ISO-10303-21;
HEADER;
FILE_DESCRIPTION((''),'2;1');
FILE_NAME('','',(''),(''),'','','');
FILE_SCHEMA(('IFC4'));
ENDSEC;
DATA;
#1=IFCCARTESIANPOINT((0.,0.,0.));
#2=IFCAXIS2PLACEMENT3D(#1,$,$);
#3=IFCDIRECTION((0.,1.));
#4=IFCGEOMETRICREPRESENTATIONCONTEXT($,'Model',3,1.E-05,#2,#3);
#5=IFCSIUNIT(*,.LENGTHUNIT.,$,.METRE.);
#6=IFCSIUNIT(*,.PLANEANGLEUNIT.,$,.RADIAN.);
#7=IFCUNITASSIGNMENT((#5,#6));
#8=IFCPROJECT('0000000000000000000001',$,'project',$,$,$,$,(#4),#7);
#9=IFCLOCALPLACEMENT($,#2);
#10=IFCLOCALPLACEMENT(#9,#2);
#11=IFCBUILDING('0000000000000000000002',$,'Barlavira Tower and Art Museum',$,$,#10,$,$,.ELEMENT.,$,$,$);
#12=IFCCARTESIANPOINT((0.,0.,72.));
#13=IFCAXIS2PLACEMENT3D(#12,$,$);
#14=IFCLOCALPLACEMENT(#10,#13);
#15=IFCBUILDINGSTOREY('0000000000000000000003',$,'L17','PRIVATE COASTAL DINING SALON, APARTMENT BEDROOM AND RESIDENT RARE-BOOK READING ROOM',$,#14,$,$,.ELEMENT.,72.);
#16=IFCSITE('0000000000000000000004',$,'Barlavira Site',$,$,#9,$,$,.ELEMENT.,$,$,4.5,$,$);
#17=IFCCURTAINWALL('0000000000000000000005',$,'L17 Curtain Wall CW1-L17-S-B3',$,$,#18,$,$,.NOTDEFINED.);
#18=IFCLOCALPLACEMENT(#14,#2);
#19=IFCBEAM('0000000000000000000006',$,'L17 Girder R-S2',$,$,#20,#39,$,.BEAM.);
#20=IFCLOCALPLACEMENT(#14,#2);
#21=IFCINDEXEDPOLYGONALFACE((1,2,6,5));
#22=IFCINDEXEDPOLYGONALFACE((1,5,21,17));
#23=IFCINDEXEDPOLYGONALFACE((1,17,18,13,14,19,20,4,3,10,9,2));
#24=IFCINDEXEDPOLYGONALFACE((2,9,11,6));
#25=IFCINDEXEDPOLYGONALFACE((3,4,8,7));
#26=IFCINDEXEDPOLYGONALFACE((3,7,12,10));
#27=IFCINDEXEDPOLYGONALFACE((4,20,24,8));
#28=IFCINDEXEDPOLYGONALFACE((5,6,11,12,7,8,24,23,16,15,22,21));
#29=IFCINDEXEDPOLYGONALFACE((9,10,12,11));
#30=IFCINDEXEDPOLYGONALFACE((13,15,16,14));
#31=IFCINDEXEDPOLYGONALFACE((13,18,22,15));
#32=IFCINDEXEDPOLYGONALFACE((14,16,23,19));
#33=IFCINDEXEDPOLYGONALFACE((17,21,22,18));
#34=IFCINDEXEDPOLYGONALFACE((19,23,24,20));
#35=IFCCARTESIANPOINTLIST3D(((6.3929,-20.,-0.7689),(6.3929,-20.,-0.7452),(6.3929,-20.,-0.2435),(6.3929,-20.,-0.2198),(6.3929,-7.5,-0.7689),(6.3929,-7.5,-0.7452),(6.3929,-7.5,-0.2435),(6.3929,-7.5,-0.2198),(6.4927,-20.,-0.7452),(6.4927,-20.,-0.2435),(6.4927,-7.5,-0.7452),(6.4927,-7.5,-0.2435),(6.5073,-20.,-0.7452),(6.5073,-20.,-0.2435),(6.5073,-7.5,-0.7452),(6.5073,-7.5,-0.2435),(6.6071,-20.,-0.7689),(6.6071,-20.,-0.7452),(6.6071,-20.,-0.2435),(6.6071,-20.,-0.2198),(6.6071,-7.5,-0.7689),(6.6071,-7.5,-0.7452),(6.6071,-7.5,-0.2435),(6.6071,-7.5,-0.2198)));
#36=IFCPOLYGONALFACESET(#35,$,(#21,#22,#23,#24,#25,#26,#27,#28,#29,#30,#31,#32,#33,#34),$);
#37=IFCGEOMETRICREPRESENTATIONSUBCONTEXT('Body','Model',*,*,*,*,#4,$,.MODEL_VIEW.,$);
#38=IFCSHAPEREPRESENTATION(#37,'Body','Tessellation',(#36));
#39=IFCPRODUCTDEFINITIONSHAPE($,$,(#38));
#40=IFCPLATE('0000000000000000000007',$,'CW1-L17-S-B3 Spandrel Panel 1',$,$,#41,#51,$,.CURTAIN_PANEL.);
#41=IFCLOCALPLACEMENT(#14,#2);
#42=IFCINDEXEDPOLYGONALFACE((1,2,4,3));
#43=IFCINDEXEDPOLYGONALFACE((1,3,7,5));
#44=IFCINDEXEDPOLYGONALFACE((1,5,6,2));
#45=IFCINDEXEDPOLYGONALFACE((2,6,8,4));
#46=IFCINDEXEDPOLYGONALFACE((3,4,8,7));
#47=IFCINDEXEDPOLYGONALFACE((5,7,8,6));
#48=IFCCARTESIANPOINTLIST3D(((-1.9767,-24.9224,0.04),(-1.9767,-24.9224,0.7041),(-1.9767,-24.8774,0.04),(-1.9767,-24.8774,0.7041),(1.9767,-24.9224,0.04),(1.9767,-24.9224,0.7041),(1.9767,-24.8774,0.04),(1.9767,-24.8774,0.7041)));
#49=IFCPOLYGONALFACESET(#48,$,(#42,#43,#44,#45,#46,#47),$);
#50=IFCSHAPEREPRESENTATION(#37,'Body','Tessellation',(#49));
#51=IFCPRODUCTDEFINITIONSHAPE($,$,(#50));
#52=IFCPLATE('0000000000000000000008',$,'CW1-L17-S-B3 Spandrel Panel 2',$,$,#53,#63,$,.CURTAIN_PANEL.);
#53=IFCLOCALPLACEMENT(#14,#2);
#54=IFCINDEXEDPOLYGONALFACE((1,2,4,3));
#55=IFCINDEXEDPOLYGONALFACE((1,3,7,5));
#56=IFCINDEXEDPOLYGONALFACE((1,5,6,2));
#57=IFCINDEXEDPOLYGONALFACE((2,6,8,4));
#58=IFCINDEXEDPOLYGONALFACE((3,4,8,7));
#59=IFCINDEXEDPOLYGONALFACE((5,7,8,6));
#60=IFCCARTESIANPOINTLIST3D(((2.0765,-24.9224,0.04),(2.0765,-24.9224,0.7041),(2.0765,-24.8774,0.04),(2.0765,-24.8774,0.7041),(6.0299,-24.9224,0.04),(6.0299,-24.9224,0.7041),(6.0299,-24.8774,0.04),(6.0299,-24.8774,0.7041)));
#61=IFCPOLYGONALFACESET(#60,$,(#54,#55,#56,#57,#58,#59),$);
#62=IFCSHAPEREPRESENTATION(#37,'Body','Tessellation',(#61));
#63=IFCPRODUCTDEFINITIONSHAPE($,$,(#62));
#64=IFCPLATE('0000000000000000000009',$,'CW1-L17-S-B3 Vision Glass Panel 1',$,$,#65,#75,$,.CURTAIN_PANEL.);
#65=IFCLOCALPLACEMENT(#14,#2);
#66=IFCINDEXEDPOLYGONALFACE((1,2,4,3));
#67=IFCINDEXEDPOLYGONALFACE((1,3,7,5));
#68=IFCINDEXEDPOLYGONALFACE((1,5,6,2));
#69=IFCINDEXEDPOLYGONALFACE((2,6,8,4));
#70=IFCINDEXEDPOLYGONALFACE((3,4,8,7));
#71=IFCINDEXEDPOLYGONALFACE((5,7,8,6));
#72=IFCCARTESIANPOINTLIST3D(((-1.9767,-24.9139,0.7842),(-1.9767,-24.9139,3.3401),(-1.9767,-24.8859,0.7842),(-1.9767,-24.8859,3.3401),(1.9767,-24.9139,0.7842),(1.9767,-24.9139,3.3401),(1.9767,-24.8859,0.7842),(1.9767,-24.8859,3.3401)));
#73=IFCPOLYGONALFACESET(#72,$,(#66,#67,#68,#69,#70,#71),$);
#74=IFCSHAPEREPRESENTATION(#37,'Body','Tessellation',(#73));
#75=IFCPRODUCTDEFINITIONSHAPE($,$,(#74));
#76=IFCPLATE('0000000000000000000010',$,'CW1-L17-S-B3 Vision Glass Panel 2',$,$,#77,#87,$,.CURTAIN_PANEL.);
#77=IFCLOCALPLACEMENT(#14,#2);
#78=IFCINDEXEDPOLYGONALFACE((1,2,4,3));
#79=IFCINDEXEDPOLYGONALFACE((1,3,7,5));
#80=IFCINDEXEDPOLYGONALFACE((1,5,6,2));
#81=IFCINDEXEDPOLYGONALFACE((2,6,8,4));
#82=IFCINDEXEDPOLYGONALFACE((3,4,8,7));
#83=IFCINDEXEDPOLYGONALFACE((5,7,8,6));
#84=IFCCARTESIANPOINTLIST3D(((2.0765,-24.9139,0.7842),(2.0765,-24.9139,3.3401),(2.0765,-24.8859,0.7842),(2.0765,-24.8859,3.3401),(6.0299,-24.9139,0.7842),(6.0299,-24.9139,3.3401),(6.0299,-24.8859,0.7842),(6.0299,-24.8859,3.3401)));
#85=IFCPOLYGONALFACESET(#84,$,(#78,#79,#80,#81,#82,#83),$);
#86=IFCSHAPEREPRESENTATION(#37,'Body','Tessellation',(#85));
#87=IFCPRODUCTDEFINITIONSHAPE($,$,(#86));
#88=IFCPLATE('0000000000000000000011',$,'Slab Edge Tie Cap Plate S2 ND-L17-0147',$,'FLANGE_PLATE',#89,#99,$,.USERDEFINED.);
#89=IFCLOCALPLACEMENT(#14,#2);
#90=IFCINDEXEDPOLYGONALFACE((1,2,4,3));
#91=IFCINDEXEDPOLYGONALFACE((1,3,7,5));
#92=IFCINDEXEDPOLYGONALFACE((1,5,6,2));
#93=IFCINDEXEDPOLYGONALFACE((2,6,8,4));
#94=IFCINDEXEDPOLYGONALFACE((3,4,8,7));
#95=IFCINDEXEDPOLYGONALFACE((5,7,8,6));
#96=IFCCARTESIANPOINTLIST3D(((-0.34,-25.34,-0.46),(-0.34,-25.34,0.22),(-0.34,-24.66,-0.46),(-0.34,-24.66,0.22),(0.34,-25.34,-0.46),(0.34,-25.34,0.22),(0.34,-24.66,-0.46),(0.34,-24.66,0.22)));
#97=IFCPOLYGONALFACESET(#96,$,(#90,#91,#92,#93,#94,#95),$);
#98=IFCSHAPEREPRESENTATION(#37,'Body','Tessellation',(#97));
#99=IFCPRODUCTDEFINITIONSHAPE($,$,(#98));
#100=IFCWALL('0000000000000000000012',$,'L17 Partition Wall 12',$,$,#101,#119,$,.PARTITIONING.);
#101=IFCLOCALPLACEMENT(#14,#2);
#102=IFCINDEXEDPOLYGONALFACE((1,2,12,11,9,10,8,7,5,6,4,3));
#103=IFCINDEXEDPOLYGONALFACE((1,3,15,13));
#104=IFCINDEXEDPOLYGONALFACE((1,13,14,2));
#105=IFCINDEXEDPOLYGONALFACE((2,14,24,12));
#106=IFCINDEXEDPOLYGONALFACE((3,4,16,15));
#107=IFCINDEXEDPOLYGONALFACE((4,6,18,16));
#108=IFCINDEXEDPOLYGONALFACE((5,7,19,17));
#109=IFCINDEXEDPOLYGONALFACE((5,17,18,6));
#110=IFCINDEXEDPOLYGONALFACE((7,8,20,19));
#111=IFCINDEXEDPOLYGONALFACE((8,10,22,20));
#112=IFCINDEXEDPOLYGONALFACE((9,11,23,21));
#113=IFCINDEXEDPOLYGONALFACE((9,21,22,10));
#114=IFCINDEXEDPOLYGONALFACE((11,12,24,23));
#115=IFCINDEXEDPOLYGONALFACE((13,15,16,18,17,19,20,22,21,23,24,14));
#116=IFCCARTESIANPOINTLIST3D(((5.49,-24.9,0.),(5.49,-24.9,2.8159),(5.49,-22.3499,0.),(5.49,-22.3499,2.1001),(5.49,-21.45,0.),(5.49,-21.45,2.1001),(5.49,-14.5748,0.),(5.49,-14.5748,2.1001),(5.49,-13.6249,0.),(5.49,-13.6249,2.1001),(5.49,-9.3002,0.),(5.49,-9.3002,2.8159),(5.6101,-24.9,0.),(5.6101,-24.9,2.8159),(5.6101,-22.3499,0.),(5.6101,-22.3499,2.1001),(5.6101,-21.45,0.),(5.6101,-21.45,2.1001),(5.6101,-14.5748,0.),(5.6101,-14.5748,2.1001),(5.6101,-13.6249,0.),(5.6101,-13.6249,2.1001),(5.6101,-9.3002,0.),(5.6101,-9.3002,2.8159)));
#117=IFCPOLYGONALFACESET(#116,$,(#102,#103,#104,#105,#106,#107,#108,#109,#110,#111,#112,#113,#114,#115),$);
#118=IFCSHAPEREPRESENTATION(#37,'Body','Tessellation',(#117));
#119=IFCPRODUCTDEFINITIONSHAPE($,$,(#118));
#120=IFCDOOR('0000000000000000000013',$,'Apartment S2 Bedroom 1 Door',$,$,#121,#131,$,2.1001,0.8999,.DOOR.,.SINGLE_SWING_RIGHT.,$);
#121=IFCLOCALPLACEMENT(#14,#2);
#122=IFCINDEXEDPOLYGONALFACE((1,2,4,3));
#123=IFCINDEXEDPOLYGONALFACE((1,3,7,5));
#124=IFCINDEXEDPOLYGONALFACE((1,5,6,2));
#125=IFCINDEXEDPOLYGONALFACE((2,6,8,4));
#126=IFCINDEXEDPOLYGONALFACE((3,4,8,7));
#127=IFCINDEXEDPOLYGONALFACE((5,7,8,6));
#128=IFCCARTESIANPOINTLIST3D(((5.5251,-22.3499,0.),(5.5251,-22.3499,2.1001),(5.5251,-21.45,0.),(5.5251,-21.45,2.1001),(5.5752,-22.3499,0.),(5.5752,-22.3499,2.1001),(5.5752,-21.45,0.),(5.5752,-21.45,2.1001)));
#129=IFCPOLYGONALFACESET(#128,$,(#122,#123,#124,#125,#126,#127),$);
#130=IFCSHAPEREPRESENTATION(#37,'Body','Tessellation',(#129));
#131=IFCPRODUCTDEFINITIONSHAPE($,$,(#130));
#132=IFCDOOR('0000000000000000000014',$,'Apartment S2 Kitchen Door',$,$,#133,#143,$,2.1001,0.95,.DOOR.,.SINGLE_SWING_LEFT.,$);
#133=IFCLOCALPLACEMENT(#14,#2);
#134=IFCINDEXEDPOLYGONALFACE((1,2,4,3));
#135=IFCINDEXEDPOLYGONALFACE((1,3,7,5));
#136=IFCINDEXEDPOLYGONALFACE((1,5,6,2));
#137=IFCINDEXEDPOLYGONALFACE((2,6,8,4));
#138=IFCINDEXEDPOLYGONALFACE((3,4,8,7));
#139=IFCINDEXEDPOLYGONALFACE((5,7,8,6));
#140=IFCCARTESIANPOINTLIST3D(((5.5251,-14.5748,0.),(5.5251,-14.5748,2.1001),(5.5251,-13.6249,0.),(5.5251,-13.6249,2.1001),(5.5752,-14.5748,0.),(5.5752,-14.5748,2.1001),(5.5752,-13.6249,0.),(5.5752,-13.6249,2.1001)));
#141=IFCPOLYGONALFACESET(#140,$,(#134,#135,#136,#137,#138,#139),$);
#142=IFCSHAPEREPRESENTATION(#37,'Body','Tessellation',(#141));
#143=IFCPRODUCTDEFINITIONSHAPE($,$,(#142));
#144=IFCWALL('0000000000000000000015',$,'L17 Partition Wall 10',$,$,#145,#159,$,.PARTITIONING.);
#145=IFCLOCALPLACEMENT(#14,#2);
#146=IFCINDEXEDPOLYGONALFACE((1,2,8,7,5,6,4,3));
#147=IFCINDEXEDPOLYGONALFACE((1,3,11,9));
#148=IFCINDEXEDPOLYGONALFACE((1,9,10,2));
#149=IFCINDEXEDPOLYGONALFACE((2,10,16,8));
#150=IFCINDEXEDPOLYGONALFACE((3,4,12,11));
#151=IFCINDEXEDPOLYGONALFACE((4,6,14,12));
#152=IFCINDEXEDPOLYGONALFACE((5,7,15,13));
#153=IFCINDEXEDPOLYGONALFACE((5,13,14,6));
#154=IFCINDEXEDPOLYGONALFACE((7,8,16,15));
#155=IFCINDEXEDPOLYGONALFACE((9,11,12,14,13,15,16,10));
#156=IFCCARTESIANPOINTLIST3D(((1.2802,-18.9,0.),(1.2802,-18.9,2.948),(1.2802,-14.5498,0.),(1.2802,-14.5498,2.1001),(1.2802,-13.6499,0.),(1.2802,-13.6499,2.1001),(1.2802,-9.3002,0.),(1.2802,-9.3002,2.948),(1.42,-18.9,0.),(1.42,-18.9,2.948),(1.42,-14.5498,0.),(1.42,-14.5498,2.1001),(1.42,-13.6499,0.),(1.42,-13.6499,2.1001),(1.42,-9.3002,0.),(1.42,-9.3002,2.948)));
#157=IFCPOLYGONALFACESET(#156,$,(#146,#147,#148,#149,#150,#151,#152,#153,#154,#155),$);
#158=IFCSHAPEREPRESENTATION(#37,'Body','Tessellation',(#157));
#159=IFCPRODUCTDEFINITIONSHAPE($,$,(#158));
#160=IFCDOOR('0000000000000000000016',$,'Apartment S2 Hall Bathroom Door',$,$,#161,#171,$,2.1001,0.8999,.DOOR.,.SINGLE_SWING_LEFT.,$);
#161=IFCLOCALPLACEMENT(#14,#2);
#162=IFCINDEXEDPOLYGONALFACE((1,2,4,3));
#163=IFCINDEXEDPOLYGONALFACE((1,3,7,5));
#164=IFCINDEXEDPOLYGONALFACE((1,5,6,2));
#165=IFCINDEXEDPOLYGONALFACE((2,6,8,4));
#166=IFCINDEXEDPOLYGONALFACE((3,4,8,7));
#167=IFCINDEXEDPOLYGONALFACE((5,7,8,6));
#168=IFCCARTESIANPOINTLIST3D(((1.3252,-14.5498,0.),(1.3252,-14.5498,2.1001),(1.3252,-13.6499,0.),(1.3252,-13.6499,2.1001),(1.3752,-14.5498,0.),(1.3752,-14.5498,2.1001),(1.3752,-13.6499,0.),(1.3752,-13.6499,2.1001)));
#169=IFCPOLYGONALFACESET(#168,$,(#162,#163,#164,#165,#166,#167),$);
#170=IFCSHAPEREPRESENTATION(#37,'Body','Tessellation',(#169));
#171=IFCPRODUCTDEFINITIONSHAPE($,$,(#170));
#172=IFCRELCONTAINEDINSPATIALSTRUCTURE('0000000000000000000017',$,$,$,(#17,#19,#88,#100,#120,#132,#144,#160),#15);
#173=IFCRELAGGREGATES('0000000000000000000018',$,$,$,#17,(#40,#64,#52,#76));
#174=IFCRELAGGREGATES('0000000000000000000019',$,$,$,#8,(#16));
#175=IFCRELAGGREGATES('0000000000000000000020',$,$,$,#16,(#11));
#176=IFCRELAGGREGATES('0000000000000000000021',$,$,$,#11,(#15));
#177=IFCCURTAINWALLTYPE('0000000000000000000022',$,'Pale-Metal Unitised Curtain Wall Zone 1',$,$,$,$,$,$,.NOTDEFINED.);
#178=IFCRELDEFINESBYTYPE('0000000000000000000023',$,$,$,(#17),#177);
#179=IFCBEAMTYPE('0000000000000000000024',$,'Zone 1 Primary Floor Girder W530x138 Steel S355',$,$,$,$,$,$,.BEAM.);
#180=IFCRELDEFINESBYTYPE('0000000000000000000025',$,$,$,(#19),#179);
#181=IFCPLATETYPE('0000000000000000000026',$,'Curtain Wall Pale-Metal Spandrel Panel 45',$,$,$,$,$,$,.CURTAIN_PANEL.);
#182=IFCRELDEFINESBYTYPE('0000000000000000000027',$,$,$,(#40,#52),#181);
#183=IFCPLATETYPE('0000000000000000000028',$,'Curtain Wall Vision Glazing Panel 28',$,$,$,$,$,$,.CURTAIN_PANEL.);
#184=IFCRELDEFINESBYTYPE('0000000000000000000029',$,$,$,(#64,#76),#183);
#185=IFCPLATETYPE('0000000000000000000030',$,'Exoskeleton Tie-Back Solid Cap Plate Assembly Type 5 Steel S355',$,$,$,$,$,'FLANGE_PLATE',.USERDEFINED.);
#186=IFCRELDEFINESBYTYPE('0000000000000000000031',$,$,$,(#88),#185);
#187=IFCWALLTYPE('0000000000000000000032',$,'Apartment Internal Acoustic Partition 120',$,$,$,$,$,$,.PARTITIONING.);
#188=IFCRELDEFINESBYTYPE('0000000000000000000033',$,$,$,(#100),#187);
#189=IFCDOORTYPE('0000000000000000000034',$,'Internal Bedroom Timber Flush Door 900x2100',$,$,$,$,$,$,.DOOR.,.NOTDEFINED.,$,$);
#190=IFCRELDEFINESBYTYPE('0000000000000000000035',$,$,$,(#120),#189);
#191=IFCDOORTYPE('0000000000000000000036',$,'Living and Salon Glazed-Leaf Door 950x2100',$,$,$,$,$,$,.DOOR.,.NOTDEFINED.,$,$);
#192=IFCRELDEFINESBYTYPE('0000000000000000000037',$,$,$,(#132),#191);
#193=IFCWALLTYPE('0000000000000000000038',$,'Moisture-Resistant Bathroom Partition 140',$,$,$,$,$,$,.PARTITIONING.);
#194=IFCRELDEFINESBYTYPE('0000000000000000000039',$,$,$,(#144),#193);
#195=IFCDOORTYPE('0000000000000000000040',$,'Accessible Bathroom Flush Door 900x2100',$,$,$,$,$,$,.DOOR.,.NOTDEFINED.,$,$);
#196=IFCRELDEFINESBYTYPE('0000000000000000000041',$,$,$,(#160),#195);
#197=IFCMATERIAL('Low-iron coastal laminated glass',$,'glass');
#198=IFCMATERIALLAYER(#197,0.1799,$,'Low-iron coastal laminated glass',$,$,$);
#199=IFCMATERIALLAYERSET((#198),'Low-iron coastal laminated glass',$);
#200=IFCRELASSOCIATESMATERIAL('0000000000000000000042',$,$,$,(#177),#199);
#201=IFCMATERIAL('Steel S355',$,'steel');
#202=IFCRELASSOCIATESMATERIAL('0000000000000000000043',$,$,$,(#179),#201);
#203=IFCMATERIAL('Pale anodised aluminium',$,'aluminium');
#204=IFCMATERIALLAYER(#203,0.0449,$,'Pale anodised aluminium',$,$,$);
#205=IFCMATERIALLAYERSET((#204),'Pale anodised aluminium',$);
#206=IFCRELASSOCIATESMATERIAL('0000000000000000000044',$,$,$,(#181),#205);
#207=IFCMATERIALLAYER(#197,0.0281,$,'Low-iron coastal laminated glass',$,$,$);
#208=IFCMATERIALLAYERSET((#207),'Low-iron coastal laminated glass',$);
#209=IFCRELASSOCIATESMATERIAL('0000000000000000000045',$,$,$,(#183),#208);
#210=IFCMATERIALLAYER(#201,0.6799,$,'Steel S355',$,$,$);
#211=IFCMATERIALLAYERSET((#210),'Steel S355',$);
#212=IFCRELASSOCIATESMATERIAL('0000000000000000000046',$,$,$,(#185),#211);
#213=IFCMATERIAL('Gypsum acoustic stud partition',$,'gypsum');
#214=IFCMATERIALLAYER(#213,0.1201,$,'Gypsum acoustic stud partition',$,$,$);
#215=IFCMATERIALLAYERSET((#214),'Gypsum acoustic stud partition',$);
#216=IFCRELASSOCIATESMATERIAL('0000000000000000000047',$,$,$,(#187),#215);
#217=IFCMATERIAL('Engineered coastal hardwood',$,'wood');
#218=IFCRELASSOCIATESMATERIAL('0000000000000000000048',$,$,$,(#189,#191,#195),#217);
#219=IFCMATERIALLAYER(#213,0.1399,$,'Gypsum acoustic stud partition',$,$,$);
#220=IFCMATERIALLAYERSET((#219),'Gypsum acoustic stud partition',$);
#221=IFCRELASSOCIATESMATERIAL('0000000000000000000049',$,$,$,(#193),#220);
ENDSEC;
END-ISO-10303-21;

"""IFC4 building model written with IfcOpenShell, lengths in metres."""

from ifc_helpers import new_model, si_unit, direction, frame, frame_2d, origin, origin_2d, place, context, subcontext, project, spatial, rectangle, i_section, extrude, material, layer, layer_set, material_profile, profile_set, type_object, element, fill, aggregate, save


model = new_model("IFC4")

# Units and contexts
model_context = context("Model", 3, precision=1e-05, world=origin(), true_north=direction((0.0, 1.0)))
body_context = subcontext(model_context, "Body", "Model", "MODEL_VIEW")
ifc_project = project(units=[si_unit("LENGTHUNIT", "METRE"), si_unit("PLANEANGLEUNIT", "RADIAN")], contexts=[model_context])

# Site, building, storey
site_placement = place(None, origin())
site = spatial("IfcSite", under=ifc_project, at=site_placement, Name="Barlavira Site", CompositionType="ELEMENT", RefElevation=4.5)
building_placement = place(site_placement, origin())
building = spatial("IfcBuilding", under=site, at=building_placement, Name="Barlavira Tower and Art Museum", CompositionType="ELEMENT")
storey_placement = place(building_placement, frame((0.0, 0.0, 72.0)))
storey = spatial("IfcBuildingStorey", under=building, at=storey_placement, Name="L17", Description="PRIVATE COASTAL DINING SALON, APARTMENT BEDROOM AND RESIDENT RARE-BOOK READING ROOM", CompositionType="ELEMENT", Elevation=72.0)

# Curtain wall
ifc_material_1 = material(Name="Low-iron coastal laminated glass", Category="glass")
ifc_layer_1 = layer(ifc_material_1, 0.1799, Name="Low-iron coastal laminated glass")
ifc_layer_set_1 = layer_set([ifc_layer_1], Name="Low-iron coastal laminated glass")
curtain_wall_type = type_object("IfcCurtainWallType", Name="Pale-Metal Unitised Curtain Wall Zone 1", PredefinedType="NOTDEFINED", material=ifc_layer_set_1)
curtain_wall_placement = place(storey_placement, origin())
curtain_wall = element("IfcCurtainWall", 1, at=curtain_wall_placement, inside=storey, type_object=curtain_wall_type, Name="L17 Curtain Wall CW1-L17-S-B3", PredefinedType="NOTDEFINED")
ifc_material_2 = material(Name="Pale anodised aluminium", Category="aluminium")

# Shared definitions
ifc_material_3 = material(Name="Steel S355", Category="steel")

# Beam
ifc_material_profile_1 = material_profile(ifc_material_3, i_section(OverallWidth=0.2141, OverallDepth=0.5491, WebThickness=0.0146, FlangeThickness=0.0237, at=origin_2d()), Name="W530x138.0")
ifc_profile_set_1 = profile_set([ifc_material_profile_1], Name="Steel S355")
beam_type_1 = type_object("IfcBeamType", Name="Zone 1 Primary Floor Girder W530x138 Steel S355", PredefinedType="BEAM", material=ifc_profile_set_1)
beam_1_placement = place(storey_placement, frame((6.5, -20.0, -0.4944), z_axis=(0.0, 1.0, 0.0), x_axis=(-1.0, 0.0, 0.0)))
element("IfcBeam", 2, at=beam_1_placement, inside=storey, type_object=beam_type_1, Name="L17 Girder R-S2", PredefinedType="BEAM", context=body_context, shape_type="SweptSolid", body=[
    extrude(i_section(OverallWidth=0.2141, OverallDepth=0.5491, WebThickness=0.0146, FlangeThickness=0.0237, at=origin_2d()), origin(), (0.0, 0.0, 1.0), 12.5),
])

# Plates
ifc_layer_2 = layer(ifc_material_2, 0.0449, Name="Pale anodised aluminium")
ifc_layer_set_2 = layer_set([ifc_layer_2], Name="Pale anodised aluminium")
plate_type_1 = type_object("IfcPlateType", Name="Curtain Wall Pale-Metal Spandrel Panel 45", PredefinedType="CURTAIN_PANEL", material=ifc_layer_set_2)
plate_1_placement = place(storey_placement, frame((0.0, -24.8999, 0.04), z_axis=(0.0, 0.0, 1.0), x_axis=(1.0, 0.0, 0.0)))
plate_1 = element("IfcPlate", 3, at=plate_1_placement, type_object=plate_type_1, Name="CW1-L17-S-B3 Spandrel Panel 1", PredefinedType="CURTAIN_PANEL", context=body_context, shape_type="SweptSolid", body=[
    extrude(rectangle(XDim=3.9534, YDim=0.0449, at=origin_2d()), origin(), (0.0, 0.0, 1.0), 0.6641),
])
plate_2_placement = place(storey_placement, frame((4.0532, -24.8999, 0.04), z_axis=(0.0, 0.0, 1.0), x_axis=(1.0, 0.0, 0.0)))
plate_2 = element("IfcPlate", 4, at=plate_2_placement, type_object=plate_type_1, Name="CW1-L17-S-B3 Spandrel Panel 2", PredefinedType="CURTAIN_PANEL", context=body_context, shape_type="SweptSolid", body=[
    extrude(rectangle(XDim=3.9534, YDim=0.0449, at=origin_2d()), origin(), (0.0, 0.0, 1.0), 0.6641),
])
ifc_layer_3 = layer(ifc_material_1, 0.0281, Name="Low-iron coastal laminated glass")
ifc_layer_set_3 = layer_set([ifc_layer_3], Name="Low-iron coastal laminated glass")
plate_type_2 = type_object("IfcPlateType", Name="Curtain Wall Vision Glazing Panel 28", PredefinedType="CURTAIN_PANEL", material=ifc_layer_set_3)
plate_3_placement = place(storey_placement, frame((0.0, -24.8999, 0.7842), z_axis=(0.0, 0.0, 1.0), x_axis=(1.0, 0.0, 0.0)))
plate_3 = element("IfcPlate", 5, at=plate_3_placement, type_object=plate_type_2, Name="CW1-L17-S-B3 Vision Glass Panel 1", PredefinedType="CURTAIN_PANEL", context=body_context, shape_type="SweptSolid", body=[
    extrude(rectangle(XDim=3.9534, YDim=0.0281, at=origin_2d()), origin(), (0.0, 0.0, 1.0), 2.5559),
])
plate_4_placement = place(storey_placement, frame((4.0532, -24.8999, 0.7842), z_axis=(0.0, 0.0, 1.0), x_axis=(1.0, 0.0, 0.0)))
plate_4 = element("IfcPlate", 6, at=plate_4_placement, type_object=plate_type_2, Name="CW1-L17-S-B3 Vision Glass Panel 2", PredefinedType="CURTAIN_PANEL", context=body_context, shape_type="SweptSolid", body=[
    extrude(rectangle(XDim=3.9534, YDim=0.0281, at=origin_2d()), origin(), (0.0, 0.0, 1.0), 2.5559),
])
aggregate(curtain_wall, [plate_1, plate_3, plate_2, plate_4])
ifc_layer_4 = layer(ifc_material_3, 0.6799, Name="Steel S355")
ifc_layer_set_4 = layer_set([ifc_layer_4], Name="Steel S355")
plate_type_3 = type_object("IfcPlateType", Name="Exoskeleton Tie-Back Solid Cap Plate Assembly Type 5 Steel S355", ElementType="FLANGE_PLATE", PredefinedType="USERDEFINED", material=ifc_layer_set_4)
plate_5_placement = place(storey_placement, frame((0.0, -25.0, -0.46), z_axis=(0.0, 0.0, 1.0), x_axis=(1.0, 0.0, 0.0)))
element("IfcPlate", 7, at=plate_5_placement, inside=storey, type_object=plate_type_3, Name="Slab Edge Tie Cap Plate S2 ND-L17-0147", ObjectType="FLANGE_PLATE", PredefinedType="USERDEFINED", context=body_context, shape_type="SweptSolid", body=[
    extrude(rectangle(XDim=0.6799, YDim=0.6799, at=origin_2d()), origin(), (0.0, 0.0, 1.0), 0.6799),
])

# Wall, openings, doors
ifc_material_4 = material(Name="Gypsum acoustic stud partition", Category="gypsum")
ifc_layer_5 = layer(ifc_material_4, 0.1201, Name="Gypsum acoustic stud partition")
ifc_layer_set_5 = layer_set([ifc_layer_5], Name="Gypsum acoustic stud partition")
wall_type_1 = type_object("IfcWallType", Name="Apartment Internal Acoustic Partition 120", PredefinedType="PARTITIONING", material=ifc_layer_set_5)
wall_1_placement = place(storey_placement, frame((5.55, -24.8999, 0.0), z_axis=(0.0, 0.0, 1.0), x_axis=(0.0, 1.0, 0.0)))
wall_1 = element("IfcWall", 8, at=wall_1_placement, inside=storey, type_object=wall_type_1, Name="L17 Partition Wall 12", PredefinedType="PARTITIONING", context=body_context, shape_type="SweptSolid", body=[
    extrude(rectangle(XDim=15.5999, YDim=0.1201, at=frame_2d((7.7998, 0.0))), origin(), (0.0, 0.0, 1.0), 2.8159),
])
opening_1_placement = place(wall_1_placement, frame((10.325, 0.0, 0.0)))
opening_1 = element("IfcOpeningElement", 9, at=opening_1_placement, cuts=wall_1, PredefinedType="OPENING", context=body_context, shape_type="SweptSolid", body=[
    extrude(rectangle(XDim=0.95, YDim=2.1001, at=frame_2d((0.4751, 1.05))), frame((0.0, 0.0701, 0.0), z_axis=(0.0, -1.0, 0.0), x_axis=(1.0, 0.0, 0.0)), (0.0, 0.0, 1.0), 0.1401),
])
opening_2_placement = place(wall_1_placement, frame((2.55, 0.0, 0.0)))
opening_2 = element("IfcOpeningElement", 10, at=opening_2_placement, cuts=wall_1, PredefinedType="OPENING", context=body_context, shape_type="SweptSolid", body=[
    extrude(rectangle(XDim=0.8999, YDim=2.1001, at=frame_2d((0.45, 1.05))), frame((0.0, 0.0701, 0.0), z_axis=(0.0, -1.0, 0.0), x_axis=(1.0, 0.0, 0.0)), (0.0, 0.0, 1.0), 0.1401),
])
ifc_material_5 = material(Name="Engineered coastal hardwood", Category="wood")
door_type_1 = type_object("IfcDoorType", Name="Internal Bedroom Timber Flush Door 900x2100", OperationType="NOTDEFINED", PredefinedType="DOOR", material=ifc_material_5)
door_1_placement = place(opening_2_placement, origin())
door_1 = element("IfcDoor", 11, at=door_1_placement, inside=storey, type_object=door_type_1, Name="Apartment S2 Bedroom 1 Door", OperationType="SINGLE_SWING_RIGHT", OverallHeight=2.1001, OverallWidth=0.8999, PredefinedType="DOOR", context=body_context, shape_type="SweptSolid", body=[
    extrude(rectangle(XDim=0.8999, YDim=2.1001, at=frame_2d((0.45, 1.05))), frame((0.0, 0.0249, 0.0), z_axis=(0.0, -1.0, 0.0), x_axis=(1.0, 0.0, 0.0)), (0.0, 0.0, 1.0), 0.05),
])
fill(opening_2, door_1)
door_type_2 = type_object("IfcDoorType", Name="Living and Salon Glazed-Leaf Door 950x2100", OperationType="NOTDEFINED", PredefinedType="DOOR", material=ifc_material_5)
door_2_placement = place(opening_1_placement, origin())
door_2 = element("IfcDoor", 12, at=door_2_placement, inside=storey, type_object=door_type_2, Name="Apartment S2 Kitchen Door", OperationType="SINGLE_SWING_LEFT", OverallHeight=2.1001, OverallWidth=0.95, PredefinedType="DOOR", context=body_context, shape_type="SweptSolid", body=[
    extrude(rectangle(XDim=0.95, YDim=2.1001, at=frame_2d((0.4751, 1.05))), frame((0.0, 0.0249, 0.0), z_axis=(0.0, -1.0, 0.0), x_axis=(1.0, 0.0, 0.0)), (0.0, 0.0, 1.0), 0.05),
])
fill(opening_1, door_2)

# Wall, opening, door
ifc_layer_6 = layer(ifc_material_4, 0.1399, Name="Gypsum acoustic stud partition")
ifc_layer_set_6 = layer_set([ifc_layer_6], Name="Gypsum acoustic stud partition")
wall_type_2 = type_object("IfcWallType", Name="Moisture-Resistant Bathroom Partition 140", PredefinedType="PARTITIONING", material=ifc_layer_set_6)
wall_2_placement = place(storey_placement, frame((1.3501, -18.8999, 0.0), z_axis=(0.0, 0.0, 1.0), x_axis=(0.0, 1.0, 0.0)))
wall_2 = element("IfcWall", 13, at=wall_2_placement, inside=storey, type_object=wall_type_2, Name="L17 Partition Wall 10", PredefinedType="PARTITIONING", context=body_context, shape_type="SweptSolid", body=[
    extrude(rectangle(XDim=9.5999, YDim=0.1399, at=frame_2d((4.7998, 0.0))), origin(), (0.0, 0.0, 1.0), 2.948),
])
opening_3_placement = place(wall_2_placement, frame((4.3501, 0.0, 0.0)))
opening_3 = element("IfcOpeningElement", 14, at=opening_3_placement, cuts=wall_2, PredefinedType="OPENING", context=body_context, shape_type="SweptSolid", body=[
    extrude(rectangle(XDim=0.8999, YDim=2.1001, at=frame_2d((0.45, 1.05))), frame((0.0, 0.0801, 0.0), z_axis=(0.0, -1.0, 0.0), x_axis=(1.0, 0.0, 0.0)), (0.0, 0.0, 1.0), 0.1599),
])
door_type_3 = type_object("IfcDoorType", Name="Accessible Bathroom Flush Door 900x2100", OperationType="NOTDEFINED", PredefinedType="DOOR", material=ifc_material_5)
door_3_placement = place(opening_3_placement, origin())
door_3 = element("IfcDoor", 15, at=door_3_placement, inside=storey, type_object=door_type_3, Name="Apartment S2 Hall Bathroom Door", OperationType="SINGLE_SWING_LEFT", OverallHeight=2.1001, OverallWidth=0.8999, PredefinedType="DOOR", context=body_context, shape_type="SweptSolid", body=[
    extrude(rectangle(XDim=0.8999, YDim=2.1001, at=frame_2d((0.45, 1.05))), frame((0.0, 0.0249, 0.0), z_axis=(0.0, -1.0, 0.0), x_axis=(1.0, 0.0, 0.0)), (0.0, 0.0, 1.0), 0.05),
])
fill(opening_3, door_3)

save(model, "model.ifc")
